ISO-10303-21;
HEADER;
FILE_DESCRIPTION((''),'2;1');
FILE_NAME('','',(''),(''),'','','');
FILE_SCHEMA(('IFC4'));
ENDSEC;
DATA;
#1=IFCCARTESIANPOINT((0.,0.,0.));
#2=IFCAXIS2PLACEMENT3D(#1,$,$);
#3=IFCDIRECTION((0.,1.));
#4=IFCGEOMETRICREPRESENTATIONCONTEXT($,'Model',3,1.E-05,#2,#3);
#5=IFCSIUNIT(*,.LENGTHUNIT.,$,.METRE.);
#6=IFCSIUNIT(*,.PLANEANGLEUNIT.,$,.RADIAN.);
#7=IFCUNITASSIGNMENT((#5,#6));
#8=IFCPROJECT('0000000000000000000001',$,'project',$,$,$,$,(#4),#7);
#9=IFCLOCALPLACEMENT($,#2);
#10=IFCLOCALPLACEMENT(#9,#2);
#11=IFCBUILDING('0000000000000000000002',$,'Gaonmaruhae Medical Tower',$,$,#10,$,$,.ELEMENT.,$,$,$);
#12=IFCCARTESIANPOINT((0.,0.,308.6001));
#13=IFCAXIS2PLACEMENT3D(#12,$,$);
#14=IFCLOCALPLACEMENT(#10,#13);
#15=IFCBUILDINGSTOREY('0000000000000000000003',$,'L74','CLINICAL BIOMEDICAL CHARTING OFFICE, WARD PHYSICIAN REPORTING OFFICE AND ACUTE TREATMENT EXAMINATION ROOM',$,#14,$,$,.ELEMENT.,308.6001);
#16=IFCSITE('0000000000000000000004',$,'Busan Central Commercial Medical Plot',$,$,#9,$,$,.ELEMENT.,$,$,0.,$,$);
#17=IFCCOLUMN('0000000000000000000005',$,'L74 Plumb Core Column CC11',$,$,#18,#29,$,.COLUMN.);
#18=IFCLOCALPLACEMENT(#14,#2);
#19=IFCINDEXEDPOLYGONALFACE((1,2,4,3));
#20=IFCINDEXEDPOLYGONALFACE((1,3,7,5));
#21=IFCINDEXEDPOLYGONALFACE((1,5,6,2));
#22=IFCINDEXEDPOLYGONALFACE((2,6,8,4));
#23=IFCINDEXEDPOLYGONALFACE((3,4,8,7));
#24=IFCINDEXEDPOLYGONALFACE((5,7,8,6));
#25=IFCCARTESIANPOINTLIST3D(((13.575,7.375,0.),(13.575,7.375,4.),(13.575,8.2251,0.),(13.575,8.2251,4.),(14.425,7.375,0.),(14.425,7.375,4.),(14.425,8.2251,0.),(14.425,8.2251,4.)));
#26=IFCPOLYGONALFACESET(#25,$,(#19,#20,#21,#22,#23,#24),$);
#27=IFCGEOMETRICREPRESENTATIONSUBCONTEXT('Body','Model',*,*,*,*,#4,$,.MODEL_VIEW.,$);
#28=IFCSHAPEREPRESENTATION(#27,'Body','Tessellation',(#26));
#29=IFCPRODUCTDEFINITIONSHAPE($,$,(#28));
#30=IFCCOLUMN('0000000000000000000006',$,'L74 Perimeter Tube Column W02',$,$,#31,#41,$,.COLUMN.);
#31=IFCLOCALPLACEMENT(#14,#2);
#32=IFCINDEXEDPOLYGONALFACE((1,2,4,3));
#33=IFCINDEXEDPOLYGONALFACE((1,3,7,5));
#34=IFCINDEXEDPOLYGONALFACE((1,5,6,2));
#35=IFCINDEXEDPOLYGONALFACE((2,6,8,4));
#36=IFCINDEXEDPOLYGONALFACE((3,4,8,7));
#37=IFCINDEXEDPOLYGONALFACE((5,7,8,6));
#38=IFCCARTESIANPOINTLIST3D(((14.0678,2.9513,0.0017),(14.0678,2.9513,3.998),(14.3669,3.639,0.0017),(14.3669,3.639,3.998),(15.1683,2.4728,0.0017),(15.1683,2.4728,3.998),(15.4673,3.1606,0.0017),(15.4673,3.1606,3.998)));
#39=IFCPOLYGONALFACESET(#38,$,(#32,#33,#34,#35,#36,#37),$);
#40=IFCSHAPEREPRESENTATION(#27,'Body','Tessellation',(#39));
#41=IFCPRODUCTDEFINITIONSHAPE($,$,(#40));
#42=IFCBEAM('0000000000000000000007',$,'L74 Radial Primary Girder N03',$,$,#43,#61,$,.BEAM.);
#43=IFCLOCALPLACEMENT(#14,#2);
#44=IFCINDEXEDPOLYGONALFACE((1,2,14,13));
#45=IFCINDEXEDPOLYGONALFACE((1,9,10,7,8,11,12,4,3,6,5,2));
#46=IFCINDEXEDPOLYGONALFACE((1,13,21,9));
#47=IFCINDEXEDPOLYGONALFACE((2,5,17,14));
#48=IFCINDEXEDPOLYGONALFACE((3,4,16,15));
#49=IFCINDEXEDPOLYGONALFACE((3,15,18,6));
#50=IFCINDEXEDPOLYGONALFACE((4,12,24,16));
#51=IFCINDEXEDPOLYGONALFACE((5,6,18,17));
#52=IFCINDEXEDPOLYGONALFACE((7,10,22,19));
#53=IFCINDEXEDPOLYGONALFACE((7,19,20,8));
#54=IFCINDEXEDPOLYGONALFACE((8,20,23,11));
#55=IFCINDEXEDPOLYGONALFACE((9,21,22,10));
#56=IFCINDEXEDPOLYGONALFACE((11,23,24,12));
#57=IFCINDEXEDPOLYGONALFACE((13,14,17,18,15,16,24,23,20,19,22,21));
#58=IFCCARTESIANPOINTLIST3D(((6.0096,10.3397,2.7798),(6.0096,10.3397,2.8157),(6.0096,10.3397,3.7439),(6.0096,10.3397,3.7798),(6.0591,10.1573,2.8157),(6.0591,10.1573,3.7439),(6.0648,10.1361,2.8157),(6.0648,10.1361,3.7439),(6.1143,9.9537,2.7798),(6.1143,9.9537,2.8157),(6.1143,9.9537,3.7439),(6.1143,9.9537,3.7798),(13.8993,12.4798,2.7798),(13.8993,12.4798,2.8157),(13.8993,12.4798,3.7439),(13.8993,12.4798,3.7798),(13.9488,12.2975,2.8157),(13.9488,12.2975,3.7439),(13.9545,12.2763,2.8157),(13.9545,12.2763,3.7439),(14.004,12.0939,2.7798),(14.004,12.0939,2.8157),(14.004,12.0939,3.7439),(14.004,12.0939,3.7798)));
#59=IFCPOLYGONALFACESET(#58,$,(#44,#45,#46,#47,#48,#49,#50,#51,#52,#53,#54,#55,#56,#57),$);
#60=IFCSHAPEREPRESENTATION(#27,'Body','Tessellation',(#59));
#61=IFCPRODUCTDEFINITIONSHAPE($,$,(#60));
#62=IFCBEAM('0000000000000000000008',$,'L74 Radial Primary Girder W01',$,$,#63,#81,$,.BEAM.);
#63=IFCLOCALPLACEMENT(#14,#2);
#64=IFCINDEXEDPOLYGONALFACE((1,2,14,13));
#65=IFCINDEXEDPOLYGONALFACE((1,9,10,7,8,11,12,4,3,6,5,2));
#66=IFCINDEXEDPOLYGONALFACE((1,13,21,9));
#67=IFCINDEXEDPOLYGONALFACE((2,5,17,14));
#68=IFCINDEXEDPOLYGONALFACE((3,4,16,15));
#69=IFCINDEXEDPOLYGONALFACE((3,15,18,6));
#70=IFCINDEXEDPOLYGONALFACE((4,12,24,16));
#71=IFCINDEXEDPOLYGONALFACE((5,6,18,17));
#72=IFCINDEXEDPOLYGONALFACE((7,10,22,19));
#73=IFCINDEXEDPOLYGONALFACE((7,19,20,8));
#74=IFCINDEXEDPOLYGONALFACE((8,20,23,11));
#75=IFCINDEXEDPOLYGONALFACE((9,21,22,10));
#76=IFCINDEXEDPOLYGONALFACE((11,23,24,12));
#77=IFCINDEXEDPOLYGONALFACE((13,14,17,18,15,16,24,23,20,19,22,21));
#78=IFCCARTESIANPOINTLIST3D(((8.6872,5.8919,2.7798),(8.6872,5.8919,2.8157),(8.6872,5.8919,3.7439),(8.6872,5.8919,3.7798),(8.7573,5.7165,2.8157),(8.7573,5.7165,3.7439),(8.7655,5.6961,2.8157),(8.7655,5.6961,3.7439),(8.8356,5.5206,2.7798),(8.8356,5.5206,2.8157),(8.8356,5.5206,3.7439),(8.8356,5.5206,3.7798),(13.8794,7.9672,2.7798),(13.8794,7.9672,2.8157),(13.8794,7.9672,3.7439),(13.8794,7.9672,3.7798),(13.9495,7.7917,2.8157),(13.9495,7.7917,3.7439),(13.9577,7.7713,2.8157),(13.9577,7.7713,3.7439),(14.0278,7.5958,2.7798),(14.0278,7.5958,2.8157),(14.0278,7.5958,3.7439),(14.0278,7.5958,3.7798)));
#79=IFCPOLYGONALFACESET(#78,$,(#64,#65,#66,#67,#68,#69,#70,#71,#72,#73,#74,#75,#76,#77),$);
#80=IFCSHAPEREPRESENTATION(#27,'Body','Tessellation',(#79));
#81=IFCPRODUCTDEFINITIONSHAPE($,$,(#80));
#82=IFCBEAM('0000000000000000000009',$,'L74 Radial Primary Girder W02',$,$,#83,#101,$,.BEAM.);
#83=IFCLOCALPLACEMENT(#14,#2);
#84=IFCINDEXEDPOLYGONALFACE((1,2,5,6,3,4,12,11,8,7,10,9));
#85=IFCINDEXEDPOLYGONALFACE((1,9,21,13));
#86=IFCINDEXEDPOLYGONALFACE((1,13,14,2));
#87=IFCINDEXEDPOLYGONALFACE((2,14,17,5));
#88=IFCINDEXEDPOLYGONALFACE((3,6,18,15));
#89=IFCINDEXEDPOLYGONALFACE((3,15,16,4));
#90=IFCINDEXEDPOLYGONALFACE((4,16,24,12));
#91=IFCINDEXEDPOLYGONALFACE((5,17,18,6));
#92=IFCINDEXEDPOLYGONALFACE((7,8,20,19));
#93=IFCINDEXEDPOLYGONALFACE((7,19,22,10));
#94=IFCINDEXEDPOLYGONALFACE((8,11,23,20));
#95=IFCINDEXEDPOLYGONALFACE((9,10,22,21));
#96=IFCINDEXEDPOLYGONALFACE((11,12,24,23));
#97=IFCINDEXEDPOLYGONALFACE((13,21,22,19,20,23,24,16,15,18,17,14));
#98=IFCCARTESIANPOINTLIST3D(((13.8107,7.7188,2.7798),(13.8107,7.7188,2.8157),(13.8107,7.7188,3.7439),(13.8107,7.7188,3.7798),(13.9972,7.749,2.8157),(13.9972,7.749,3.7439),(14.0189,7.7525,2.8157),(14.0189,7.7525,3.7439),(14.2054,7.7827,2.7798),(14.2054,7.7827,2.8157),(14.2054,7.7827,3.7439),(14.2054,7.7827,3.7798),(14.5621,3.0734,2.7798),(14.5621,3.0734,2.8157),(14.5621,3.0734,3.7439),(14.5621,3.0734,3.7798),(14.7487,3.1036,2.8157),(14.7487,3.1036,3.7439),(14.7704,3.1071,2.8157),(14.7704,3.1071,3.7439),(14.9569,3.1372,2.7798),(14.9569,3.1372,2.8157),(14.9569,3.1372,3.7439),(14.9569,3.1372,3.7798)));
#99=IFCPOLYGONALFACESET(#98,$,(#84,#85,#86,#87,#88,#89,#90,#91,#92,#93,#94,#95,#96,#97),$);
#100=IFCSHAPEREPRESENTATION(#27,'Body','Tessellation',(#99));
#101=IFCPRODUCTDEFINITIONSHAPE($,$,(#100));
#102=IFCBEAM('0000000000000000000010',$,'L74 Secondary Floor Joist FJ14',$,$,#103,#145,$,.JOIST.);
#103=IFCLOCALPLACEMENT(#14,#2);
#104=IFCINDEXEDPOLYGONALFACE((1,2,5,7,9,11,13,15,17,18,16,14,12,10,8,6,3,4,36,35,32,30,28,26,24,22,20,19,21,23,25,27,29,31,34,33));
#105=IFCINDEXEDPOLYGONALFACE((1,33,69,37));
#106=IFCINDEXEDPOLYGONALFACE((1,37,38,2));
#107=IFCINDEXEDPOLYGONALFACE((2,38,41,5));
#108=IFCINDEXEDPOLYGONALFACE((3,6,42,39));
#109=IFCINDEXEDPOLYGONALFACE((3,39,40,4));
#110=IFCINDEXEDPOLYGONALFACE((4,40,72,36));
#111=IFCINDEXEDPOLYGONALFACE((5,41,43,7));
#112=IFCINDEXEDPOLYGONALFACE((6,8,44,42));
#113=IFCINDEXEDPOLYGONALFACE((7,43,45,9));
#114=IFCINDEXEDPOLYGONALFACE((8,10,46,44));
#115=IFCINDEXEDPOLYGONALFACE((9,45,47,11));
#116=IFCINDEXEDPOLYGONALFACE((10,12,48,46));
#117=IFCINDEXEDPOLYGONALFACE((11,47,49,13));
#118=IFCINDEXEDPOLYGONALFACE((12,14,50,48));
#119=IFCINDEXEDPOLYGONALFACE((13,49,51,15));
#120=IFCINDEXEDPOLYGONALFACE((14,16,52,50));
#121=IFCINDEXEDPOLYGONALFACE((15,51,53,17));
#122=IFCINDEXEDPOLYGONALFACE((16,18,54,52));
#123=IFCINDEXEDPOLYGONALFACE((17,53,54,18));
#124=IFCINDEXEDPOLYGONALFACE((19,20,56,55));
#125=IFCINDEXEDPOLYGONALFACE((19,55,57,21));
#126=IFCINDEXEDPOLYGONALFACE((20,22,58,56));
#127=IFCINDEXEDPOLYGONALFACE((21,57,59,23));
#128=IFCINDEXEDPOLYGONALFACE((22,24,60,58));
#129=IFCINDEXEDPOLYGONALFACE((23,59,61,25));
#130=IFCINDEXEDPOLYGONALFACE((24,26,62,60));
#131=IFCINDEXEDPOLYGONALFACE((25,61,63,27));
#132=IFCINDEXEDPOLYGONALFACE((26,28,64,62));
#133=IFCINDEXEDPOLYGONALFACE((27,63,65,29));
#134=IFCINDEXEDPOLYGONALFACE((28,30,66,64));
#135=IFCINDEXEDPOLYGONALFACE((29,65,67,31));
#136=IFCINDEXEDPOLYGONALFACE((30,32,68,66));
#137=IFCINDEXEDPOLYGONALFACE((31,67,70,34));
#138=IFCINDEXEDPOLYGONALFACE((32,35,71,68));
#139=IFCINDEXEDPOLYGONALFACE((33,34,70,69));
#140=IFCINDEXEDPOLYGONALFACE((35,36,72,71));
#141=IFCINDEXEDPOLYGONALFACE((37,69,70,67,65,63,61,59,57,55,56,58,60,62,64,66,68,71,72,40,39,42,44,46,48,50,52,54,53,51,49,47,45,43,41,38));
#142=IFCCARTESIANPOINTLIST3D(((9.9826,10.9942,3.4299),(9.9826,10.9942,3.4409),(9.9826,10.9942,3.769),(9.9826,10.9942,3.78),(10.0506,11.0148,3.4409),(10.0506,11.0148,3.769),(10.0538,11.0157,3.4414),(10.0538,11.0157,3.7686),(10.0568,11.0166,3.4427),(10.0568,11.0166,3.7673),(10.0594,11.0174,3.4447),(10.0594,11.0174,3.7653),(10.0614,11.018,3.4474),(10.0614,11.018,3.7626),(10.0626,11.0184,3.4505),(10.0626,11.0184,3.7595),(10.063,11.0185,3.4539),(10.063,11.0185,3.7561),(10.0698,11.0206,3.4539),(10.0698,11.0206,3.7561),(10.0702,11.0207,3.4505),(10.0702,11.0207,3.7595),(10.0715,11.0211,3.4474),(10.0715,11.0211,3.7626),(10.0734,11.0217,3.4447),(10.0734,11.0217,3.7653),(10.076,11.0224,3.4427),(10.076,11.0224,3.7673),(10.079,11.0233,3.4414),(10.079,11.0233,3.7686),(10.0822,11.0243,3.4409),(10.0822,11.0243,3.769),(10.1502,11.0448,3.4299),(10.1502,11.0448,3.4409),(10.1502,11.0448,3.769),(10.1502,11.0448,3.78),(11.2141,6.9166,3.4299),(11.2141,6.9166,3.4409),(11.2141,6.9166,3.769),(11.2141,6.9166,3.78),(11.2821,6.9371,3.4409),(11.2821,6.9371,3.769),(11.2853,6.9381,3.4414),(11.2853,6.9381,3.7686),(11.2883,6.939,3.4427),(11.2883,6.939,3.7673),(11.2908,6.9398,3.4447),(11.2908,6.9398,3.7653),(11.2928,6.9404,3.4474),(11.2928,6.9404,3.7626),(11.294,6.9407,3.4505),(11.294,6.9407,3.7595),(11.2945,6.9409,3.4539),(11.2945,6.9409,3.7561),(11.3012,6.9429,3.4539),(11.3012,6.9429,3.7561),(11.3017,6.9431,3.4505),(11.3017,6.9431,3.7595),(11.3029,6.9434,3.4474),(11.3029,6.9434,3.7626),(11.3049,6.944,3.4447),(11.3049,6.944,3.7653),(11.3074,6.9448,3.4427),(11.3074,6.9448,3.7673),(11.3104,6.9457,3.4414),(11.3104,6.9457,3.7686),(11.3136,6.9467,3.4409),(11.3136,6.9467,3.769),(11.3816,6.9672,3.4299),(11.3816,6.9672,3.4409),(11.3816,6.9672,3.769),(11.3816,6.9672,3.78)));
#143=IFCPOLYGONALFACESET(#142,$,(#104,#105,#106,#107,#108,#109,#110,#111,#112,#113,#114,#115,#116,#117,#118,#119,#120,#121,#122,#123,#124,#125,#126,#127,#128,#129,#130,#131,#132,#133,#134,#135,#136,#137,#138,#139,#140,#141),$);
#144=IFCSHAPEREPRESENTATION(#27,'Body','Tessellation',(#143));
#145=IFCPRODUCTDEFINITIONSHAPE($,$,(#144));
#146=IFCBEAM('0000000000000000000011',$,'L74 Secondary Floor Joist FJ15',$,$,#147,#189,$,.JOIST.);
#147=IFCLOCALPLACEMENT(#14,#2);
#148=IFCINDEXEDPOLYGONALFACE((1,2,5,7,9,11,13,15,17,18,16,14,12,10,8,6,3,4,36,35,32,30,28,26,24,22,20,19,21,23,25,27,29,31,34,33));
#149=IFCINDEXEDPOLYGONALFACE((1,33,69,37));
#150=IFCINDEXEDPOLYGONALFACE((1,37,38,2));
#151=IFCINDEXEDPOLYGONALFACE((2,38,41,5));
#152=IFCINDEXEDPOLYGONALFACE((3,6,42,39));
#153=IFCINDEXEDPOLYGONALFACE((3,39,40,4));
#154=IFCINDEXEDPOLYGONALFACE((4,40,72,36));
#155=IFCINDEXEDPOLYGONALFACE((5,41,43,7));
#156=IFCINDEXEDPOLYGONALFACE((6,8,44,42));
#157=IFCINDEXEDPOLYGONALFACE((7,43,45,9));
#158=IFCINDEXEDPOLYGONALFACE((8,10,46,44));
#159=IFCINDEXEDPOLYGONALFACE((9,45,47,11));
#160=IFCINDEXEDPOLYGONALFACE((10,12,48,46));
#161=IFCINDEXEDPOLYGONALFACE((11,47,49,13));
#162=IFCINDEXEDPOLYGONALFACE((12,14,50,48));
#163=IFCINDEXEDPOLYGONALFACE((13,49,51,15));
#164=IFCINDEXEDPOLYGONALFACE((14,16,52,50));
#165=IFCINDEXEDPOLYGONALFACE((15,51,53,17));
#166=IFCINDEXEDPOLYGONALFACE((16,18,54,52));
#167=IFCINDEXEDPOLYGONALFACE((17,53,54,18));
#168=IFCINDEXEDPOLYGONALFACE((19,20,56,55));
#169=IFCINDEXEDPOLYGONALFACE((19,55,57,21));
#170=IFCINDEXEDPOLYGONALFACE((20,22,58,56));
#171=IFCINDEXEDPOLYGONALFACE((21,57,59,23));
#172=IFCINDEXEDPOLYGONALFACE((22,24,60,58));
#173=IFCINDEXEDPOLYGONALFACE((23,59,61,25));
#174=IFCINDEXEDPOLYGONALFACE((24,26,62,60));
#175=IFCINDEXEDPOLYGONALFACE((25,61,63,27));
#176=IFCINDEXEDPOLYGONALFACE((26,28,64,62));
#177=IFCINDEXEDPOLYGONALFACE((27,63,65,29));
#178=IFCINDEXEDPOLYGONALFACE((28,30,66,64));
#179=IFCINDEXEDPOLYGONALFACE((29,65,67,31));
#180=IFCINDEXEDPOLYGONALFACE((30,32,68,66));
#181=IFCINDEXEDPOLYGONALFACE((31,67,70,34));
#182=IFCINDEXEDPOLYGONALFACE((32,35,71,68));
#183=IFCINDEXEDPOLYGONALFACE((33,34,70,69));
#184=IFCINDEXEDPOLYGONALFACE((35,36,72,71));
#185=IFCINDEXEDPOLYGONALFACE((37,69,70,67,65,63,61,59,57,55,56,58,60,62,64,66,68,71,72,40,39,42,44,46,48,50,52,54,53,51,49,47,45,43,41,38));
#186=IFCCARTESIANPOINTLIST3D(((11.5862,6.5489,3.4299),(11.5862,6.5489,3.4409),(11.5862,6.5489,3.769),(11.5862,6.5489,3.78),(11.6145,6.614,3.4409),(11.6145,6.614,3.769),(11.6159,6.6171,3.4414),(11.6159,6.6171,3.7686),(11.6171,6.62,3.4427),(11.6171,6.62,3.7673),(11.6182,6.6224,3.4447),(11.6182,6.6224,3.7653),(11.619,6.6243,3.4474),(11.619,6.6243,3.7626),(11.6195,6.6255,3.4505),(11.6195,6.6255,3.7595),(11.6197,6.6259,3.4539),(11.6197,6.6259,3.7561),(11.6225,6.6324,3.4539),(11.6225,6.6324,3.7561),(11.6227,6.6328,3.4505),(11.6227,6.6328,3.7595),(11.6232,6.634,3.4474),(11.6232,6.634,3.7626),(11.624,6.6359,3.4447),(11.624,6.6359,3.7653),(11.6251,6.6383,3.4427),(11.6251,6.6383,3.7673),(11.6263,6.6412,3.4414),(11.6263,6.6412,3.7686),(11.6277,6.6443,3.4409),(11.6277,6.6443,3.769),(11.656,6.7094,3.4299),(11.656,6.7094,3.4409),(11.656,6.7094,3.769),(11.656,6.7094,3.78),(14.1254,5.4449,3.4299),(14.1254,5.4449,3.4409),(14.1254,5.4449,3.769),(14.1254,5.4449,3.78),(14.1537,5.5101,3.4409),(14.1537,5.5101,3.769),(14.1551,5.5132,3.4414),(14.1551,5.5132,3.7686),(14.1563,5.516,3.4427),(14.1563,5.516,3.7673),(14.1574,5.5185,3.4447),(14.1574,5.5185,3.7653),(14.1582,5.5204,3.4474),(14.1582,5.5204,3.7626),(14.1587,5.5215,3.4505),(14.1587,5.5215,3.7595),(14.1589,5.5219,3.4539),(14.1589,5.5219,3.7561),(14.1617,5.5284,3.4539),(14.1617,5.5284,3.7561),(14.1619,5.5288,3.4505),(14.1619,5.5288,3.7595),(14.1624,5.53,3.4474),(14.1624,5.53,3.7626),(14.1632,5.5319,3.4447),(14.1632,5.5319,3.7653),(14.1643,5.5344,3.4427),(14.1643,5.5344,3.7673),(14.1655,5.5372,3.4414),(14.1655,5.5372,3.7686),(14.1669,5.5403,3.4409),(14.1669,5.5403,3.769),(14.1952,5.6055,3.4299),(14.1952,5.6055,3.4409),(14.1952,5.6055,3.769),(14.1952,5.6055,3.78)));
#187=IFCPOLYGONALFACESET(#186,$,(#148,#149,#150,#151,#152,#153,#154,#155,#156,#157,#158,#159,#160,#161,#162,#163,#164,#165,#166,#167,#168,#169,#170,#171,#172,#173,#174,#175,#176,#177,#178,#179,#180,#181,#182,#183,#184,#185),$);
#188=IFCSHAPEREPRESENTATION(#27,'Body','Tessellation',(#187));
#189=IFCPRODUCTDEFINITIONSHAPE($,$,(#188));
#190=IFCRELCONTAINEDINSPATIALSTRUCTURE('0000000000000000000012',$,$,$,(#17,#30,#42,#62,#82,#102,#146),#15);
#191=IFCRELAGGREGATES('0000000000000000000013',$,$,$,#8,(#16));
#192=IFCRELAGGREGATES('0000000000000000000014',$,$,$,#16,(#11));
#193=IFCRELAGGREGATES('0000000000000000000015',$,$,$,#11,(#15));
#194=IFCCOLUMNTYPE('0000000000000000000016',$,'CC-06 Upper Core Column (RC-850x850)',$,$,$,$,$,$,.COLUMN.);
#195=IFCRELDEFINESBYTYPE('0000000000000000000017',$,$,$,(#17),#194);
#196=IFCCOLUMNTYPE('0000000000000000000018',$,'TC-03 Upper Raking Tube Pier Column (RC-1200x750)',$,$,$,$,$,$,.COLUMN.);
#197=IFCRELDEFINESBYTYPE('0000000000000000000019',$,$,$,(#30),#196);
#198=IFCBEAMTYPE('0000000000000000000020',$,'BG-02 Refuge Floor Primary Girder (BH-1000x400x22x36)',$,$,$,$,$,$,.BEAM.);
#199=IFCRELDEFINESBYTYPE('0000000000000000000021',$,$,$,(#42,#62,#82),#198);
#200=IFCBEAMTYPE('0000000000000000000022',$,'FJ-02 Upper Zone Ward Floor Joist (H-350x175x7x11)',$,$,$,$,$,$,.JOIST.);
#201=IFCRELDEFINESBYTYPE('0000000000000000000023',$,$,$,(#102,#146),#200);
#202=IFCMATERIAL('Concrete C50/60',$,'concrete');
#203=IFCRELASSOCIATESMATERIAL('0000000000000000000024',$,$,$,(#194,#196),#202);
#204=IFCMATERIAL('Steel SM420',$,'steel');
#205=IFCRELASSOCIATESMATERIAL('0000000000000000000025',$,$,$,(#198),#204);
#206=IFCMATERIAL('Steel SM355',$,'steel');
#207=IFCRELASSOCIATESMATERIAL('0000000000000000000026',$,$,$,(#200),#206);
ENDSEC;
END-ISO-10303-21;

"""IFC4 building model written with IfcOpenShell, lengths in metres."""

from ifc_helpers import new_model, si_unit, direction, frame, origin, origin_2d, place, context, subcontext, project, spatial, rectangle, i_section, extrude, material, material_profile, profile_set, type_object, element, save


model = new_model("IFC4")

# Units and contexts
model_context = context("Model", 3, precision=1e-05, world=origin(), true_north=direction((0.0, 1.0)))
body_context = subcontext(model_context, "Body", "Model", "MODEL_VIEW")
ifc_project = project(units=[si_unit("LENGTHUNIT", "METRE"), si_unit("PLANEANGLEUNIT", "RADIAN")], contexts=[model_context])

# Site, building, storey
site_placement = place(None, origin())
site = spatial("IfcSite", under=ifc_project, at=site_placement, Name="Busan Central Commercial Medical Plot", CompositionType="ELEMENT", RefElevation=0.0)
building_placement = place(site_placement, origin())
building = spatial("IfcBuilding", under=site, at=building_placement, Name="Gaonmaruhae Medical Tower", CompositionType="ELEMENT")
storey_placement = place(building_placement, frame((0.0, 0.0, 308.6001)))
storey = spatial("IfcBuildingStorey", under=building, at=storey_placement, Name="L74", Description="CLINICAL BIOMEDICAL CHARTING OFFICE, WARD PHYSICIAN REPORTING OFFICE AND ACUTE TREATMENT EXAMINATION ROOM", CompositionType="ELEMENT", Elevation=308.6001)

# Columns
ifc_material_1 = material(Name="Concrete C50/60", Category="concrete")
ifc_material_profile_1 = material_profile(ifc_material_1, rectangle(XDim=0.8501, YDim=0.8501, at=origin_2d()), Name="RC-850x850")
ifc_profile_set_1 = profile_set([ifc_material_profile_1], Name="Concrete C50/60")
column_type_1 = type_object("IfcColumnType", Name="CC-06 Upper Core Column (RC-850x850)", PredefinedType="COLUMN", material=ifc_profile_set_1)
column_1_placement = place(storey_placement, frame((14.0, 7.8, 0.0), z_axis=(0.0, 0.0, 1.0), x_axis=(1.0, 0.0, 0.0)))
element("IfcColumn", 1, at=column_1_placement, inside=storey, type_object=column_type_1, Name="L74 Plumb Core Column CC11", PredefinedType="COLUMN", context=body_context, shape_type="SweptSolid", body=[
    extrude(rectangle(XDim=0.8501, YDim=0.8501, at=origin_2d()), origin(), (0.0, 0.0, 1.0), 4.0),
])
ifc_material_profile_2 = material_profile(ifc_material_1, rectangle(XDim=1.2, YDim=0.75, at=origin_2d()), Name="RC-1200x750")
ifc_profile_set_2 = profile_set([ifc_material_profile_2], Name="Concrete C50/60")
column_type_2 = type_object("IfcColumnType", Name="TC-03 Upper Raking Tube Pier Column (RC-1200x750)", PredefinedType="COLUMN", material=ifc_profile_set_2)
column_2_placement = place(storey_placement, frame((14.7676, 3.0559, 0.0017), z_axis=(0.0, 0.0, 1.0), x_axis=(-0.91706, 0.398749, 0.0)))
element("IfcColumn", 2, at=column_2_placement, inside=storey, type_object=column_type_2, Name="L74 Perimeter Tube Column W02", PredefinedType="COLUMN", context=body_context, shape_type="SweptSolid", body=[
    extrude(rectangle(XDim=1.2, YDim=0.75, at=origin_2d()), origin(), (0.0, 0.0, 1.0), 3.9963),
])

# Beams
ifc_material_2 = material(Name="Steel SM420", Category="steel")
ifc_material_profile_3 = material_profile(ifc_material_2, i_section(OverallWidth=0.3999, OverallDepth=1.0, WebThickness=0.022, FlangeThickness=0.0359, at=origin_2d()), Name="BH-1000x400x22x36")
ifc_profile_set_3 = profile_set([ifc_material_profile_3], Name="Steel SM420")
beam_type_1 = type_object("IfcBeamType", Name="BG-02 Refuge Floor Primary Girder (BH-1000x400x22x36)", PredefinedType="BEAM", material=ifc_profile_set_3)
beam_1_placement = place(storey_placement, frame((13.9517, 12.2869, 3.2798), z_axis=(-0.965123, -0.261798, 0.0), x_axis=(0.261798, -0.965123, 0.0)))
element("IfcBeam", 3, at=beam_1_placement, inside=storey, type_object=beam_type_1, Name="L74 Radial Primary Girder N03", PredefinedType="BEAM", context=body_context, shape_type="SweptSolid", body=[
    extrude(i_section(OverallWidth=0.3999, OverallDepth=1.0, WebThickness=0.022, FlangeThickness=0.0359, at=origin_2d()), origin(), (0.0, 0.0, 1.0), 8.1748),
])
beam_2_placement = place(storey_placement, frame((13.9536, 7.7815, 3.2798), z_axis=(-0.928579, -0.371135, 0.0), x_axis=(0.371135, -0.928579, 0.0)))
element("IfcBeam", 4, at=beam_2_placement, inside=storey, type_object=beam_type_1, Name="L74 Radial Primary Girder W01", PredefinedType="BEAM", context=body_context, shape_type="SweptSolid", body=[
    extrude(i_section(OverallWidth=0.3999, OverallDepth=1.0, WebThickness=0.022, FlangeThickness=0.0359, at=origin_2d()), origin(), (0.0, 0.0, 1.0), 5.5916),
])
beam_3_placement = place(storey_placement, frame((14.0081, 7.7507, 3.2798), z_axis=(0.159686, -0.987168, 0.0), x_axis=(0.987168, 0.159686, 0.0)))
element("IfcBeam", 5, at=beam_3_placement, inside=storey, type_object=beam_type_1, Name="L74 Radial Primary Girder W02", PredefinedType="BEAM", context=body_context, shape_type="SweptSolid", body=[
    extrude(i_section(OverallWidth=0.3999, OverallDepth=1.0, WebThickness=0.022, FlangeThickness=0.0359, at=origin_2d()), origin(), (0.0, 0.0, 1.0), 4.7058),
])
ifc_material_3 = material(Name="Steel SM355", Category="steel")
ifc_material_profile_4 = material_profile(ifc_material_3, i_section(OverallWidth=0.175, OverallDepth=0.3501, WebThickness=0.0071, FlangeThickness=0.011, FilletRadius=0.0129, at=origin_2d()), Name="H-350x175x7x11")
ifc_profile_set_4 = profile_set([ifc_material_profile_4], Name="Steel SM355")
beam_type_2 = type_object("IfcBeamType", Name="FJ-02 Upper Zone Ward Floor Joist (H-350x175x7x11)", PredefinedType="JOIST", material=ifc_profile_set_4)
beam_4_placement = place(storey_placement, frame((10.0664, 11.0195, 3.605), z_axis=(0.289104, -0.957298, 0.0), x_axis=(0.957298, 0.289104, 0.0)))
element("IfcBeam", 6, at=beam_4_placement, inside=storey, type_object=beam_type_2, Name="L74 Secondary Floor Joist FJ14", PredefinedType="JOIST", context=body_context, shape_type="SweptSolid", body=[
    extrude(i_section(OverallWidth=0.175, OverallDepth=0.3501, WebThickness=0.0071, FlangeThickness=0.011, FilletRadius=0.0129, at=origin_2d()), origin(), (0.0, 0.0, 1.0), 4.2595),
])
beam_5_placement = place(storey_placement, frame((11.6211, 6.6292, 3.605), z_axis=(0.917076, -0.398713, 0.0), x_axis=(0.398713, 0.917076, 0.0)))
element("IfcBeam", 7, at=beam_5_placement, inside=storey, type_object=beam_type_2, Name="L74 Secondary Floor Joist FJ15", PredefinedType="JOIST", context=body_context, shape_type="SweptSolid", body=[
    extrude(i_section(OverallWidth=0.175, OverallDepth=0.3501, WebThickness=0.0071, FlangeThickness=0.011, FilletRadius=0.0129, at=origin_2d()), origin(), (0.0, 0.0, 1.0), 2.7688),
])

save(model, "model.ifc")
